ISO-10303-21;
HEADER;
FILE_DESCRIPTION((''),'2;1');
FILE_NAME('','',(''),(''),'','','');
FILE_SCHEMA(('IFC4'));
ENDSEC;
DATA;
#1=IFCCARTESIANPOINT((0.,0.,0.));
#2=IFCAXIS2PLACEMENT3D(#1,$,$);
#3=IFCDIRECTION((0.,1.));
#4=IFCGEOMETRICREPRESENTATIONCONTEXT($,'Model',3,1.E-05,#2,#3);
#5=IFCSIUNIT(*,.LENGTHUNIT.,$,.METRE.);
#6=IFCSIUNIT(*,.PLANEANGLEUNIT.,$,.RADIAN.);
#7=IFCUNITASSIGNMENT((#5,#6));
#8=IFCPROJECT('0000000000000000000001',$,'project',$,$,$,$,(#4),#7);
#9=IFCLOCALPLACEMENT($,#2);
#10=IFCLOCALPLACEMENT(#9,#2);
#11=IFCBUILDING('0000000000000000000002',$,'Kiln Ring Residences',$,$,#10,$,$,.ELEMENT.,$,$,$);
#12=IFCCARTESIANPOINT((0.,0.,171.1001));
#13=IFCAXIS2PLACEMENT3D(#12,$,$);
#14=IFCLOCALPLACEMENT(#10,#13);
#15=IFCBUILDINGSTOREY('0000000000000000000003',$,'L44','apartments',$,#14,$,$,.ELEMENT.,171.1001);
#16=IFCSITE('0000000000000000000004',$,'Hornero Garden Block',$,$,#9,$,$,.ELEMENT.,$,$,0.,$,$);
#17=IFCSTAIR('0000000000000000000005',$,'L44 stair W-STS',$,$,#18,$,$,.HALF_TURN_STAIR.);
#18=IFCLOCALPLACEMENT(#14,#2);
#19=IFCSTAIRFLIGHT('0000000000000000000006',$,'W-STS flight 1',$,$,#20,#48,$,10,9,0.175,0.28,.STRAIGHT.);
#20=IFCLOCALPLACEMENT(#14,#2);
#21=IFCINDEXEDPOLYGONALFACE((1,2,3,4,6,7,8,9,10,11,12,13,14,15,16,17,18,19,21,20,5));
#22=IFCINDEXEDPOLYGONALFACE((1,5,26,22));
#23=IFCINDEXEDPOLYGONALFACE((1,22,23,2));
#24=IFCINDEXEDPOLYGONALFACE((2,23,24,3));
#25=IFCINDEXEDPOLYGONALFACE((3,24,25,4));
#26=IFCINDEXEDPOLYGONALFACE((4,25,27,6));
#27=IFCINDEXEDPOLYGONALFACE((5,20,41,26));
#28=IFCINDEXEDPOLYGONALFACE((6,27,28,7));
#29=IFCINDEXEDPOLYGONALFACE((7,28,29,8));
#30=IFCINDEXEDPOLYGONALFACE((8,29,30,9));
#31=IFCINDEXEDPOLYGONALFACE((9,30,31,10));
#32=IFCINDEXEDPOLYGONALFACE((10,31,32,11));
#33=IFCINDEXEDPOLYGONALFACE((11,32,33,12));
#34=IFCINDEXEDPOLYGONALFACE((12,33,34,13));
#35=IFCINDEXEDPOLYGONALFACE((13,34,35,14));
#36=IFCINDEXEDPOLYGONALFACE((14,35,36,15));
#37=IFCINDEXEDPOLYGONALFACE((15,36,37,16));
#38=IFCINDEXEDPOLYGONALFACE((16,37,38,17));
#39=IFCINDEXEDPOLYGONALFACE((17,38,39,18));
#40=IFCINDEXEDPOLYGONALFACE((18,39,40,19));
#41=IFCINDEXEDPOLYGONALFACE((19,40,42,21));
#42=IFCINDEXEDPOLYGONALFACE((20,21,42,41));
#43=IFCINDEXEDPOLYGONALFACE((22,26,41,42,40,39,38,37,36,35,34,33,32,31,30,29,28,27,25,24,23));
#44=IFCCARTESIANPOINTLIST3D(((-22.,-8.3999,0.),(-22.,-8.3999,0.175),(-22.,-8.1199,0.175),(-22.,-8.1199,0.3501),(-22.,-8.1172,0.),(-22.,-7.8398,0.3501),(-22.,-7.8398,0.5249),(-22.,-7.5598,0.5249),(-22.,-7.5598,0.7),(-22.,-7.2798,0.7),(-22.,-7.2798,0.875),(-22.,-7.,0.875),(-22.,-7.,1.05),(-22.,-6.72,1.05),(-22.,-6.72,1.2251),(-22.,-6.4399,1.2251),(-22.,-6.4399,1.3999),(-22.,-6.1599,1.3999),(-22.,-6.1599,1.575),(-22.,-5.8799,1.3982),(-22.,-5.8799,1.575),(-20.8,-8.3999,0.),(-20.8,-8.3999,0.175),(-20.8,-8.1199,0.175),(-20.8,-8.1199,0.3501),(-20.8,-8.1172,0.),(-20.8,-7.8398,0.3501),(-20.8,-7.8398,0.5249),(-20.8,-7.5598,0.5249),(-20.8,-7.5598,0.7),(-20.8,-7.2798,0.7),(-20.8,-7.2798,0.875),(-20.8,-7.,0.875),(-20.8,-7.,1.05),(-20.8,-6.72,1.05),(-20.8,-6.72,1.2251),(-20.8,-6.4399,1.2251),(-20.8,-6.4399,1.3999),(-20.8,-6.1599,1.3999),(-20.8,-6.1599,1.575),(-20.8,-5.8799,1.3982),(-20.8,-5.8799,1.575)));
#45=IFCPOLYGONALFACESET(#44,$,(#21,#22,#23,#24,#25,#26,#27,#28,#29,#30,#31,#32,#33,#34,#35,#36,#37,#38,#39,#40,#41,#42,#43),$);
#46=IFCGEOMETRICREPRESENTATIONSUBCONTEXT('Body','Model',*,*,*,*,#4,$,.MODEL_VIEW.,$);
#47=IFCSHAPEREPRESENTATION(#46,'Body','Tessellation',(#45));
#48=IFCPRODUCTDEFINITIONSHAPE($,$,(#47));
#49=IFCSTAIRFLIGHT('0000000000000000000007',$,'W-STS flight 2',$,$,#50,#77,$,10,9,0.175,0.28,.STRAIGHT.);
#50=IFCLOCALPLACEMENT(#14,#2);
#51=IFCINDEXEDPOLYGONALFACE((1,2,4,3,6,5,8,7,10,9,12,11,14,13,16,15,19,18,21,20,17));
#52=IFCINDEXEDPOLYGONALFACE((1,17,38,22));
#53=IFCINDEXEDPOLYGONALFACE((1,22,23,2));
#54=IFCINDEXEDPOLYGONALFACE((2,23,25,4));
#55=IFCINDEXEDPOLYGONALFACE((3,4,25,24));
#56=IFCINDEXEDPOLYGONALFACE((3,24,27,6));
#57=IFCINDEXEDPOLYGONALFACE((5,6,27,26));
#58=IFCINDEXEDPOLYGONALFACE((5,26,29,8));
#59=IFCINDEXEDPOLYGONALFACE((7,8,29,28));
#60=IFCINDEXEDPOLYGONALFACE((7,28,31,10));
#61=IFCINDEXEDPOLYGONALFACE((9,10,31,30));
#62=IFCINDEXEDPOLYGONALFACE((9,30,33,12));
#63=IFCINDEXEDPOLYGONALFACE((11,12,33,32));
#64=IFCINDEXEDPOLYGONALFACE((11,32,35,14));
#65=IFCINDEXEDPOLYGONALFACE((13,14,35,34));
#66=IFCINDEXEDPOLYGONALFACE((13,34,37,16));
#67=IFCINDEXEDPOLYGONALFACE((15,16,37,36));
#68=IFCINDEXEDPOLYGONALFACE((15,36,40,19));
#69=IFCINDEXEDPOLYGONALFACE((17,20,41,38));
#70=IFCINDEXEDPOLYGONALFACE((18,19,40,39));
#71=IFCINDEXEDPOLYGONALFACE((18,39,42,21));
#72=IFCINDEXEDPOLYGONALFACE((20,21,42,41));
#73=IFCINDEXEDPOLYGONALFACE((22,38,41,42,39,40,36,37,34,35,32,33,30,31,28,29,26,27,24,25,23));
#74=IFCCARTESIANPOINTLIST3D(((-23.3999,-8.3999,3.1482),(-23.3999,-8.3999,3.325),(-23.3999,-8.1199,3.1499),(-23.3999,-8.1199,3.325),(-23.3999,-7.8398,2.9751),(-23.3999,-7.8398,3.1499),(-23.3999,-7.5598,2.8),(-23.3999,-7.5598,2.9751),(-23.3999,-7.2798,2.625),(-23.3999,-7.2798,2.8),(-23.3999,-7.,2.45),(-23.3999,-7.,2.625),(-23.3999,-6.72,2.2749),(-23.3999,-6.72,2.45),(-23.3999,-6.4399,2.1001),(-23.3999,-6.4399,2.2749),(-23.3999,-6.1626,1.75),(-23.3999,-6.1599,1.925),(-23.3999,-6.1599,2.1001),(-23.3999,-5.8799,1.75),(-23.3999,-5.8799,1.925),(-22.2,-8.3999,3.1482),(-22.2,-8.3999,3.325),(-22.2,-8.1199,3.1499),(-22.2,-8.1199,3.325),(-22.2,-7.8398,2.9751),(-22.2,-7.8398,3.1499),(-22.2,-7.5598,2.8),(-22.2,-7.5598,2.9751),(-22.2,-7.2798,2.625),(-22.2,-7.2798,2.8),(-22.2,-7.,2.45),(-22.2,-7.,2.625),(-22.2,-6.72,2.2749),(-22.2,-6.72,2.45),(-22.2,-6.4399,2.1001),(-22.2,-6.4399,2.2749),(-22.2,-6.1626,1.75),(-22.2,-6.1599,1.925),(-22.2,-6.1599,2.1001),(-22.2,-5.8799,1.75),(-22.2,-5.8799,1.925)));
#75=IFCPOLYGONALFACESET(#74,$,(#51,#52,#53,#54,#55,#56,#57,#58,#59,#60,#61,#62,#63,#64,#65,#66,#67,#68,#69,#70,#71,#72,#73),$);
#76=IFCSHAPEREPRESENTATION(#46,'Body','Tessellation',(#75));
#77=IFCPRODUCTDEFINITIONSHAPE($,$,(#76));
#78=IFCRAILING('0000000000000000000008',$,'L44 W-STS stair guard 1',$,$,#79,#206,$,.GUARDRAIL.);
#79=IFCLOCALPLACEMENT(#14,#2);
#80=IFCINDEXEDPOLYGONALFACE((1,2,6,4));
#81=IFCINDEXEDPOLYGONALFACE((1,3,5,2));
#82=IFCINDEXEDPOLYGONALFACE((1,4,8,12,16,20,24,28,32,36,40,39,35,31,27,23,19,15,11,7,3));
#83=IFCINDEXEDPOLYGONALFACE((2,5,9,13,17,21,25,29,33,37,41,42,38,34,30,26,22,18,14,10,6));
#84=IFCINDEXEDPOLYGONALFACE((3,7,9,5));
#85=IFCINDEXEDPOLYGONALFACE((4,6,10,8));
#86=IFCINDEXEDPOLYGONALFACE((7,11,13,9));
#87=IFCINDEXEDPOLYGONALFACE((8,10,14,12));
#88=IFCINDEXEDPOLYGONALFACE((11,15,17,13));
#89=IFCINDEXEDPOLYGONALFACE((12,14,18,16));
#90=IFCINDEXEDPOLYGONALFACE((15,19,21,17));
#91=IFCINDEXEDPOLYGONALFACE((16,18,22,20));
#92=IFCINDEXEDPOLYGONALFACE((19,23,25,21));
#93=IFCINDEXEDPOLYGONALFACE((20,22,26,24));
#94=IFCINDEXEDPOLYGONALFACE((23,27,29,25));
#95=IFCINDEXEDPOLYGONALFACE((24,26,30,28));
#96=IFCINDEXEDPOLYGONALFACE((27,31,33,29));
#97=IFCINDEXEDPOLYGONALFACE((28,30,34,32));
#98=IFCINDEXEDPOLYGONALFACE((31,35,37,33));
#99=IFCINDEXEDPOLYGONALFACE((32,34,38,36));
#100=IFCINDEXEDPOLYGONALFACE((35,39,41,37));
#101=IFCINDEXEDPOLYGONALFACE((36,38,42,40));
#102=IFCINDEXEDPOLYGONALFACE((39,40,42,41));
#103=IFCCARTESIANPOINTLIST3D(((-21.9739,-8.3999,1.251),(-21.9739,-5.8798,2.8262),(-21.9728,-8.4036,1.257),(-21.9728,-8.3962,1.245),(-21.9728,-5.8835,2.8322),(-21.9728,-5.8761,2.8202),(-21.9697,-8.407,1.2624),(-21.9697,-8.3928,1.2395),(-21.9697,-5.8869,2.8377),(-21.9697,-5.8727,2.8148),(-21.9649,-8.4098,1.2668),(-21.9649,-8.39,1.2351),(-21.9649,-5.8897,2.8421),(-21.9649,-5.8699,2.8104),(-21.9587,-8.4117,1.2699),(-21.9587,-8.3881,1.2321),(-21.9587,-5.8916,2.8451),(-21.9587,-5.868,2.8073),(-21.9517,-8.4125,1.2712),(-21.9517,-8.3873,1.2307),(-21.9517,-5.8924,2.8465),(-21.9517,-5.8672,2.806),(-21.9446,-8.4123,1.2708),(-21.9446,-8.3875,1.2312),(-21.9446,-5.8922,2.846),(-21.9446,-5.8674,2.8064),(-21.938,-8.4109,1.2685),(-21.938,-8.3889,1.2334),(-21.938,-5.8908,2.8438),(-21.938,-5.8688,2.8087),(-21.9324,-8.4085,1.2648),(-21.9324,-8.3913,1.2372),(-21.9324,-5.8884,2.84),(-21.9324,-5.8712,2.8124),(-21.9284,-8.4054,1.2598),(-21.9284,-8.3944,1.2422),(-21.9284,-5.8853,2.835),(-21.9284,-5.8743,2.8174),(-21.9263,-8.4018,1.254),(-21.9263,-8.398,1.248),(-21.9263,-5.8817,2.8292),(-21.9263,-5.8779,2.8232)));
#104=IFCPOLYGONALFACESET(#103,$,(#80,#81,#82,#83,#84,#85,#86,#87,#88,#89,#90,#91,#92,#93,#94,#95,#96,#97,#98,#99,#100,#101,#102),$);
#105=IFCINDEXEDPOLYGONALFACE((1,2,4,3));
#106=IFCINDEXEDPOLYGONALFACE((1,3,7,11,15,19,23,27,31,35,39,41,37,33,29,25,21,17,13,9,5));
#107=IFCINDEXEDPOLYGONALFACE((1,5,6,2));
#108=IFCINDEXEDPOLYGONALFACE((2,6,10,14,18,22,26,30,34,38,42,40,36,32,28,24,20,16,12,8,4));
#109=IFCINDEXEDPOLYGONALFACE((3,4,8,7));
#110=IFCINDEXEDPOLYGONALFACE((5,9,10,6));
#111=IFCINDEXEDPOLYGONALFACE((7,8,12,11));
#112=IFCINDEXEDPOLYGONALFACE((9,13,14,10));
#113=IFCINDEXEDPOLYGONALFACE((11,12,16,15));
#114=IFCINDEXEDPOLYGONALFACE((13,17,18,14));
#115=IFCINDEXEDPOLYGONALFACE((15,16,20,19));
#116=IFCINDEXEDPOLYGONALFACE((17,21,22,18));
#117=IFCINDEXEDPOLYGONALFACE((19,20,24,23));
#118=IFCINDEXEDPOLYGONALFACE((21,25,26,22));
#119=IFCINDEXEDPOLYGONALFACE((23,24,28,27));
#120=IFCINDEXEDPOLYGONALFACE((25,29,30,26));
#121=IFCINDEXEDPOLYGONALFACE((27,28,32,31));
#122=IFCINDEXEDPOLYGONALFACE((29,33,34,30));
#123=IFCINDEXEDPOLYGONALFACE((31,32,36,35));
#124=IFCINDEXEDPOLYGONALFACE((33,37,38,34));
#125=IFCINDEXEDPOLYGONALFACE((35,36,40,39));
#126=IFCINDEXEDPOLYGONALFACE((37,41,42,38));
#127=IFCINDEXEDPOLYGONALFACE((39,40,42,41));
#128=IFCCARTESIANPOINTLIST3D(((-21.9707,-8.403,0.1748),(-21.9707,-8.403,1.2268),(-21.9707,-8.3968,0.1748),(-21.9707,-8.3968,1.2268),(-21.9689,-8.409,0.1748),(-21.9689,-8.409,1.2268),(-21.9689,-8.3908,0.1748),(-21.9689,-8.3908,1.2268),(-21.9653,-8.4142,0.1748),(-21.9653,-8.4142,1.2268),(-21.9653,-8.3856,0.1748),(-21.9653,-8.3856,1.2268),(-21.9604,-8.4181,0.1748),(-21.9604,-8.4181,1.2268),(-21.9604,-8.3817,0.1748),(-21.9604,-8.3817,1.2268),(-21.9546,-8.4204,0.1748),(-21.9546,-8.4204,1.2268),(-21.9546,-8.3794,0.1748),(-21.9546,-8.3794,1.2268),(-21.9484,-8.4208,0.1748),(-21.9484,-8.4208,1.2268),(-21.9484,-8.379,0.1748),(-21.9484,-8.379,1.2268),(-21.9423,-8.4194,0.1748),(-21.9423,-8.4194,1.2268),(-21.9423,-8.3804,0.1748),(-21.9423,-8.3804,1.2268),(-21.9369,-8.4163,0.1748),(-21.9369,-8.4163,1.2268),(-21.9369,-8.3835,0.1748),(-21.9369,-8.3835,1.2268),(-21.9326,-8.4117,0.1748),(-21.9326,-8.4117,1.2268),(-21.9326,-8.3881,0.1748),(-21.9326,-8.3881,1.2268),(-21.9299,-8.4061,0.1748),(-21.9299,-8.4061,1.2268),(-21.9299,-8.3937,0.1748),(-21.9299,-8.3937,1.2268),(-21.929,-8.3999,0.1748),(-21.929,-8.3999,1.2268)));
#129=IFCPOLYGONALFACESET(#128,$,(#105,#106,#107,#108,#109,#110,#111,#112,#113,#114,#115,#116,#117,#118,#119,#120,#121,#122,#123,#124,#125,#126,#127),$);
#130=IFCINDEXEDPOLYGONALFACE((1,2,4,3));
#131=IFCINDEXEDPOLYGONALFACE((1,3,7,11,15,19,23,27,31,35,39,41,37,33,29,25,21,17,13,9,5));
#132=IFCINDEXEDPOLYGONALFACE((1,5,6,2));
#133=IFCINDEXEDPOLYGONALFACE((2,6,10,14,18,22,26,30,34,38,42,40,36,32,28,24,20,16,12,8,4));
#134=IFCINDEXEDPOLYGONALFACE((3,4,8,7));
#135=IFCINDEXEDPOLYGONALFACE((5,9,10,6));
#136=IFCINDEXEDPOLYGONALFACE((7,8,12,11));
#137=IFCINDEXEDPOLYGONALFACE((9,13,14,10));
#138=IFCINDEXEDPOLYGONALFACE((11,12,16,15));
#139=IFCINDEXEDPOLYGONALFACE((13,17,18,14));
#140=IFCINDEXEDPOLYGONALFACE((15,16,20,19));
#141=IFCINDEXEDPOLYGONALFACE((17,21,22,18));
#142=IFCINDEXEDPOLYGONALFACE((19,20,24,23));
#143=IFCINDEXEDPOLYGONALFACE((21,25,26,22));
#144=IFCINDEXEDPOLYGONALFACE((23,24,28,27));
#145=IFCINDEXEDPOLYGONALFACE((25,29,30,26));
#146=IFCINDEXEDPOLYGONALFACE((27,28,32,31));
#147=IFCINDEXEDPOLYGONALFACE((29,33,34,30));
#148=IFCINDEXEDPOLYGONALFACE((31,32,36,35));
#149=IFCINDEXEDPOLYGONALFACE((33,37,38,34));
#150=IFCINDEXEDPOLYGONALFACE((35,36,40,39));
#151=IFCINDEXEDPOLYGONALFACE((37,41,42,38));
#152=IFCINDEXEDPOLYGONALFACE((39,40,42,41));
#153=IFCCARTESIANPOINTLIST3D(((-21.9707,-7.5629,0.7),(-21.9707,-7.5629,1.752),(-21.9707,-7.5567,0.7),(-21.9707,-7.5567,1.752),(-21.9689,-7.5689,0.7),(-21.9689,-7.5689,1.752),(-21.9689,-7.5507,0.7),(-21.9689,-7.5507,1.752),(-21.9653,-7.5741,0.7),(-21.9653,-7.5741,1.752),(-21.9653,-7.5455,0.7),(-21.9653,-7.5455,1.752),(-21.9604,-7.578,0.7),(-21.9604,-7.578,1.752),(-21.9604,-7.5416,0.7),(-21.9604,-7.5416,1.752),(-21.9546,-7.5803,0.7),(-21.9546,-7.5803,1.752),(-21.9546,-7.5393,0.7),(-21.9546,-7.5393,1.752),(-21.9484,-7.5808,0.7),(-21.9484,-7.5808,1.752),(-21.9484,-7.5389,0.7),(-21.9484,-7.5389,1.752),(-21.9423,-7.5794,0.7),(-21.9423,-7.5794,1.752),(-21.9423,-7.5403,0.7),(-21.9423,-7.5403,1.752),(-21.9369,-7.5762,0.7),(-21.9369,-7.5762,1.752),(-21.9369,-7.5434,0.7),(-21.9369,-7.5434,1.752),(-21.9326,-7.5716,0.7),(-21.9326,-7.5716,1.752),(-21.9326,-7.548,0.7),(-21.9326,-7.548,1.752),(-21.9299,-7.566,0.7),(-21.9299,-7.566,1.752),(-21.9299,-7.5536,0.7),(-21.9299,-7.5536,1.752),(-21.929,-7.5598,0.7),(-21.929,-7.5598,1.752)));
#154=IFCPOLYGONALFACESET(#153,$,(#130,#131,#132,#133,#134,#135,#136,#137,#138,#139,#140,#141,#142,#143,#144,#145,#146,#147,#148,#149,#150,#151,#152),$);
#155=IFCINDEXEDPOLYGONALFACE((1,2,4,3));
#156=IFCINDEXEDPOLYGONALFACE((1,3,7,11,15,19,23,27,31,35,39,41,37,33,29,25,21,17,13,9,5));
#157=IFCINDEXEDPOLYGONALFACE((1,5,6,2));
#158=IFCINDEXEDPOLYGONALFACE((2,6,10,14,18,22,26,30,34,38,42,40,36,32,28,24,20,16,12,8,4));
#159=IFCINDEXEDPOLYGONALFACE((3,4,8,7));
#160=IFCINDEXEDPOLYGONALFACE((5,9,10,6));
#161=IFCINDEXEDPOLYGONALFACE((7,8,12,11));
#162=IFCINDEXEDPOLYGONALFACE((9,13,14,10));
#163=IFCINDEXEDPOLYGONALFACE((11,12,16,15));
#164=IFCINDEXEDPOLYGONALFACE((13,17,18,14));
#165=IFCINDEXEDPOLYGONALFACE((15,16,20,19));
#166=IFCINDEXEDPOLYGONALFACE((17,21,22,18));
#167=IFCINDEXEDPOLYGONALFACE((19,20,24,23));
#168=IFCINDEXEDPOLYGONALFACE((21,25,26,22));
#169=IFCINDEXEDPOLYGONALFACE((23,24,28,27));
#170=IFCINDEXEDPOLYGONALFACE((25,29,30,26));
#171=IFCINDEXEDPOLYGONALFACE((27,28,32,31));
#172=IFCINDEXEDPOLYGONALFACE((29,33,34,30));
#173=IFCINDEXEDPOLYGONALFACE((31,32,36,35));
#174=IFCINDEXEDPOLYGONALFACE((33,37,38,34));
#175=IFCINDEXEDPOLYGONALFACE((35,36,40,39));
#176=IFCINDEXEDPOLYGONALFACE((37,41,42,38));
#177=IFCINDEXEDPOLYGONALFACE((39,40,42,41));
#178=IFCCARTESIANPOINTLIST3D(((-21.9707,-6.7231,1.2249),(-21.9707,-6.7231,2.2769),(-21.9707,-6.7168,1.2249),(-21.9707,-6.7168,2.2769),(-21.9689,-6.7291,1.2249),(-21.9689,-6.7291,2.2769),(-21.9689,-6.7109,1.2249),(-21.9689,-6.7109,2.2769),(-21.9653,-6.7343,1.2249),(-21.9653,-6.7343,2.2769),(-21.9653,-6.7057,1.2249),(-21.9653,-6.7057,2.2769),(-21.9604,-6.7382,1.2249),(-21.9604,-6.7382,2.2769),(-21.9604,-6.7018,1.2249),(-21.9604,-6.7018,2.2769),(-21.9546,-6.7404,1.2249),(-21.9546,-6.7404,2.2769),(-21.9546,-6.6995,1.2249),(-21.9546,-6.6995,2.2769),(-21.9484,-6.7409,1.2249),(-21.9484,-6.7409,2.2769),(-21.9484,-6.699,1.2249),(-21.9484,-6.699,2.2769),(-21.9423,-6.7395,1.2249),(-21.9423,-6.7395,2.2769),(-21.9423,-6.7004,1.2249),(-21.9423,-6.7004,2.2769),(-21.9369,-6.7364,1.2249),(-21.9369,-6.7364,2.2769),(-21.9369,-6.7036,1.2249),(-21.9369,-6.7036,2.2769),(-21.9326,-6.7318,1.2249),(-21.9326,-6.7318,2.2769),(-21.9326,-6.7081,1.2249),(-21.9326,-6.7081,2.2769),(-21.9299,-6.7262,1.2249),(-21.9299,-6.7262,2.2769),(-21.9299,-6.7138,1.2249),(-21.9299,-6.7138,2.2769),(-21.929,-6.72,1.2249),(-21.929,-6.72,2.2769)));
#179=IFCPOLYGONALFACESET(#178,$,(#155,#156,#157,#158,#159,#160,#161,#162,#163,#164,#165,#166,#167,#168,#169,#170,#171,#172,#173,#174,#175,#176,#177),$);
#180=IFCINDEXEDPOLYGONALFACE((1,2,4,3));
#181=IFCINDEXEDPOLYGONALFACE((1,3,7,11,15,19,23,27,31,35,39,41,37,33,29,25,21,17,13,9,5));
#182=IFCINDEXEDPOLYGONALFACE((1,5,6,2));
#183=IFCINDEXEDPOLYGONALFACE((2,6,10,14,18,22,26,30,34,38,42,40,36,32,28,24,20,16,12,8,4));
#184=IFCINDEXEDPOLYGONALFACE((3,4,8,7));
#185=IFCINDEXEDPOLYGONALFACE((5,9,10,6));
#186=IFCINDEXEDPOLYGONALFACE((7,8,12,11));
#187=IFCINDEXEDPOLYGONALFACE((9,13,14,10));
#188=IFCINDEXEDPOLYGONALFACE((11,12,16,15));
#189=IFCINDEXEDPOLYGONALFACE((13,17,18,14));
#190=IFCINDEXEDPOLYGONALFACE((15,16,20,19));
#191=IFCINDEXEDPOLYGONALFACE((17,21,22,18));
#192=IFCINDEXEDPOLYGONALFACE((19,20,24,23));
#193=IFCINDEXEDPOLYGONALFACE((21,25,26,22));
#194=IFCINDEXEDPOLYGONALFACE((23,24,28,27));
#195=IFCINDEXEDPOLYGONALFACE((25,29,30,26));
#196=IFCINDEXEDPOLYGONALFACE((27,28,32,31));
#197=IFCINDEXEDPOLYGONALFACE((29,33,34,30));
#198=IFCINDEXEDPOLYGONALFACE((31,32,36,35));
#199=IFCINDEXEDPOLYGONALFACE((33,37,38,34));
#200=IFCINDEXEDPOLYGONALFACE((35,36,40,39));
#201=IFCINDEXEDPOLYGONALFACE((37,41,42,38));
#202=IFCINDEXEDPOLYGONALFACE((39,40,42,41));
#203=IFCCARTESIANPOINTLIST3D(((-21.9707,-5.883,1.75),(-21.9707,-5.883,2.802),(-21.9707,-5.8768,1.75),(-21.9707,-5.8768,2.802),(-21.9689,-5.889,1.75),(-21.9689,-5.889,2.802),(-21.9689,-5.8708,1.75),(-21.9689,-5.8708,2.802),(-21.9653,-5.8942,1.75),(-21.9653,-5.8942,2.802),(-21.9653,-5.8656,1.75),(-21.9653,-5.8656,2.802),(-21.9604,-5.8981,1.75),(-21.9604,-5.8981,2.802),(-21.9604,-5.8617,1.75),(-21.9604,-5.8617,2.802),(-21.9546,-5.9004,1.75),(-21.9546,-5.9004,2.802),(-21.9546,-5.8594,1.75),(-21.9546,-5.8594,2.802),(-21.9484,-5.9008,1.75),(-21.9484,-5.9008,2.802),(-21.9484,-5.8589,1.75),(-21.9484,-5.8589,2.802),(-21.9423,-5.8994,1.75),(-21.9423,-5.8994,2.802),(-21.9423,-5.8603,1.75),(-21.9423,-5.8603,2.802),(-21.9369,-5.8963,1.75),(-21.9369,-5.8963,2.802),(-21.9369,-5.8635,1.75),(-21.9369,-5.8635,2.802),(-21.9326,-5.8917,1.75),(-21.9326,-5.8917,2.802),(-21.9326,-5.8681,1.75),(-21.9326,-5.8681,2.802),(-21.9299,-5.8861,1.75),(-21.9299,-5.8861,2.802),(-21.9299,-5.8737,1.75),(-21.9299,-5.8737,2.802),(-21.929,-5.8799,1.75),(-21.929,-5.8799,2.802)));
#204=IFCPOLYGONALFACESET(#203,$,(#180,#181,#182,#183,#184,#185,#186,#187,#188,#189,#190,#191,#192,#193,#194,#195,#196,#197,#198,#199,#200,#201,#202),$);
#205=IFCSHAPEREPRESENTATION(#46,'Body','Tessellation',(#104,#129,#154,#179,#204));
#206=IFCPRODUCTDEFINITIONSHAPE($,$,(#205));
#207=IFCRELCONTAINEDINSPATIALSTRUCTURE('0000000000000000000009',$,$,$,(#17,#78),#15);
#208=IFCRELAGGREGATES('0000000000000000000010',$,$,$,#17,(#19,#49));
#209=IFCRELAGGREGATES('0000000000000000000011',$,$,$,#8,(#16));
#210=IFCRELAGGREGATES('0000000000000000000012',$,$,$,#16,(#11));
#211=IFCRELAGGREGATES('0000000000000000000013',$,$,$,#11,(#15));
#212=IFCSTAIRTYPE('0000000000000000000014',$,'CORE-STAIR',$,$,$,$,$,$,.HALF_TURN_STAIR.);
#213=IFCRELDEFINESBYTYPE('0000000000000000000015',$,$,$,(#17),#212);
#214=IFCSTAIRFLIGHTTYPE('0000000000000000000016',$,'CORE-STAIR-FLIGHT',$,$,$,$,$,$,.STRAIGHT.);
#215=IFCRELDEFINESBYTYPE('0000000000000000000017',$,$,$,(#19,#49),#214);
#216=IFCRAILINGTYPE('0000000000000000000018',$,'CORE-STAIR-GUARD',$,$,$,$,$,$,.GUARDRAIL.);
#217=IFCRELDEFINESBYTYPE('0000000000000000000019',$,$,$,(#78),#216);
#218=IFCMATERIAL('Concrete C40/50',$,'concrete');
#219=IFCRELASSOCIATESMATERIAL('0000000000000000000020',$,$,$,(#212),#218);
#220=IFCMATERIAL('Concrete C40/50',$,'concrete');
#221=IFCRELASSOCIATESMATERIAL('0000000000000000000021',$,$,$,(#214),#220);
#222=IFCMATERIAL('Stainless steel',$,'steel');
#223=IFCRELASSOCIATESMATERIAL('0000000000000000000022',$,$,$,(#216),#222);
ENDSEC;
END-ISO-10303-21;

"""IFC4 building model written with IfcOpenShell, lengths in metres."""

from ifc_helpers import new_model, si_unit, direction, frame, origin, origin_2d, place, context, subcontext, project, spatial, polyline, circle, outline, extrude, material, type_object, element, aggregate, save


model = new_model("IFC4")

# Units and contexts
model_context = context("Model", 3, precision=1e-05, world=origin(), true_north=direction((0.0, 1.0)))
body_context = subcontext(model_context, "Body", "Model", "MODEL_VIEW")
ifc_project = project(units=[si_unit("LENGTHUNIT", "METRE"), si_unit("PLANEANGLEUNIT", "RADIAN")], contexts=[model_context])

# Site, building, storey
site_placement = place(None, origin())
site = spatial("IfcSite", under=ifc_project, at=site_placement, Name="Hornero Garden Block", CompositionType="ELEMENT", RefElevation=0.0)
building_placement = place(site_placement, origin())
building = spatial("IfcBuilding", under=site, at=building_placement, Name="Kiln Ring Residences", CompositionType="ELEMENT")
storey_placement = place(building_placement, frame((0.0, 0.0, 171.1001)))
storey = spatial("IfcBuildingStorey", under=building, at=storey_placement, Name="L44", Description="apartments", CompositionType="ELEMENT", Elevation=171.1001)

# Stair, stair flights
ifc_material_1 = material(Name="Concrete C40/50", Category="concrete")
stair_type = type_object("IfcStairType", Name="CORE-STAIR", PredefinedType="HALF_TURN_STAIR", material=ifc_material_1)
stair_placement = place(storey_placement, origin())
stair = element("IfcStair", 1, at=stair_placement, inside=storey, type_object=stair_type, Name="L44 stair W-STS", PredefinedType="HALF_TURN_STAIR")
ifc_material_2 = material(Name="Concrete C40/50", Category="concrete")
stair_flight_type = type_object("IfcStairFlightType", Name="CORE-STAIR-FLIGHT", PredefinedType="STRAIGHT", material=ifc_material_2)
stair_flight_1_placement = place(storey_placement, frame((-21.3999, -8.3999, 0.0), z_axis=(0.0, 0.0, 1.0), x_axis=(0.0, 1.0, 0.0)))
stair_flight_1 = element("IfcStairFlight", 2, at=stair_flight_1_placement, type_object=stair_flight_type, Name="W-STS flight 1", NumberOfRisers=10, NumberOfTreads=9, PredefinedType="STRAIGHT", RiserHeight=0.175, TreadLength=0.28, context=body_context, shape_type="SweptSolid", body=[
    extrude(outline(polyline([(0.0, 0.0), (0.0, 0.175), (0.28, 0.175), (0.28, 0.3501), (0.5601, 0.3501), (0.5601, 0.5249), (0.8401, 0.5249), (0.8401, 0.7), (1.1201, 0.7), (1.1201, 0.875), (1.3999, 0.875), (1.3999, 1.05), (1.6799, 1.05), (1.6799, 1.2251), (1.96, 1.2251), (1.96, 1.3999), (2.24, 1.3999), (2.24, 1.575), (2.52, 1.575), (2.52, 1.75), (2.52, 1.3982), (0.2827, 0.0), (0.0, 0.0)])), frame((0.0, 0.6001, 0.0), z_axis=(0.0, -1.0, 0.0), x_axis=(1.0, 0.0, 0.0)), (0.0, 0.0, 1.0), 1.2),
])
stair_flight_2_placement = place(storey_placement, frame((-22.8, -5.8799, 1.75), z_axis=(0.0, 0.0, 1.0), x_axis=(0.0, -1.0, 0.0)))
stair_flight_2 = element("IfcStairFlight", 3, at=stair_flight_2_placement, type_object=stair_flight_type, Name="W-STS flight 2", NumberOfRisers=10, NumberOfTreads=9, PredefinedType="STRAIGHT", RiserHeight=0.175, TreadLength=0.28, context=body_context, shape_type="SweptSolid", body=[
    extrude(outline(polyline([(0.0, 0.0), (0.0, 0.175), (0.28, 0.175), (0.28, 0.3501), (0.5601, 0.3501), (0.5601, 0.5249), (0.8401, 0.5249), (0.8401, 0.7), (1.1201, 0.7), (1.1201, 0.875), (1.3999, 0.875), (1.3999, 1.05), (1.6799, 1.05), (1.6799, 1.2251), (1.96, 1.2251), (1.96, 1.3999), (2.24, 1.3999), (2.24, 1.575), (2.52, 1.575), (2.52, 1.75), (2.52, 1.3982), (0.2827, 0.0), (0.0, 0.0)])), frame((0.0, 0.6001, 0.0), z_axis=(0.0, -1.0, 0.0), x_axis=(1.0, 0.0, 0.0)), (0.0, 0.0, 1.0), 1.2),
])
aggregate(stair, [stair_flight_1, stair_flight_2])

# Railing
ifc_material_3 = material(Name="Stainless steel", Category="steel")
railing_type_1 = type_object("IfcRailingType", Name="CORE-STAIR-GUARD", PredefinedType="GUARDRAIL", material=ifc_material_3)
railing_1_placement = place(storey_placement, frame((-21.95, -8.3999, 0.1748)))
element("IfcRailing", 4, at=railing_1_placement, inside=storey, type_object=railing_type_1, Name="L44 W-STS stair guard 1", PredefinedType="GUARDRAIL", context=body_context, shape_type="SweptSolid", body=[
    extrude(circle(Radius=0.0239, at=origin_2d()), frame((0.0, 0.0, 1.0762), z_axis=(0.0, 0.847971, 0.530043), x_axis=(-1.0, 0.0, 0.0)), (0.0, 0.0, 1.0), 2.9719),
    extrude(circle(Radius=0.021, at=origin_2d()), origin(), (0.0, 0.0, 1.0), 1.052),
    extrude(circle(Radius=0.021, at=origin_2d()), frame((0.0, 0.8401, 0.5251)), (0.0, 0.0, 1.0), 1.052),
    extrude(circle(Radius=0.021, at=origin_2d()), frame((0.0, 1.6799, 1.05)), (0.0, 0.0, 1.0), 1.052),
    extrude(circle(Radius=0.021, at=origin_2d()), frame((0.0, 2.52, 1.5752)), (0.0, 0.0, 1.0), 1.052),
])

save(model, "model.ifc")
